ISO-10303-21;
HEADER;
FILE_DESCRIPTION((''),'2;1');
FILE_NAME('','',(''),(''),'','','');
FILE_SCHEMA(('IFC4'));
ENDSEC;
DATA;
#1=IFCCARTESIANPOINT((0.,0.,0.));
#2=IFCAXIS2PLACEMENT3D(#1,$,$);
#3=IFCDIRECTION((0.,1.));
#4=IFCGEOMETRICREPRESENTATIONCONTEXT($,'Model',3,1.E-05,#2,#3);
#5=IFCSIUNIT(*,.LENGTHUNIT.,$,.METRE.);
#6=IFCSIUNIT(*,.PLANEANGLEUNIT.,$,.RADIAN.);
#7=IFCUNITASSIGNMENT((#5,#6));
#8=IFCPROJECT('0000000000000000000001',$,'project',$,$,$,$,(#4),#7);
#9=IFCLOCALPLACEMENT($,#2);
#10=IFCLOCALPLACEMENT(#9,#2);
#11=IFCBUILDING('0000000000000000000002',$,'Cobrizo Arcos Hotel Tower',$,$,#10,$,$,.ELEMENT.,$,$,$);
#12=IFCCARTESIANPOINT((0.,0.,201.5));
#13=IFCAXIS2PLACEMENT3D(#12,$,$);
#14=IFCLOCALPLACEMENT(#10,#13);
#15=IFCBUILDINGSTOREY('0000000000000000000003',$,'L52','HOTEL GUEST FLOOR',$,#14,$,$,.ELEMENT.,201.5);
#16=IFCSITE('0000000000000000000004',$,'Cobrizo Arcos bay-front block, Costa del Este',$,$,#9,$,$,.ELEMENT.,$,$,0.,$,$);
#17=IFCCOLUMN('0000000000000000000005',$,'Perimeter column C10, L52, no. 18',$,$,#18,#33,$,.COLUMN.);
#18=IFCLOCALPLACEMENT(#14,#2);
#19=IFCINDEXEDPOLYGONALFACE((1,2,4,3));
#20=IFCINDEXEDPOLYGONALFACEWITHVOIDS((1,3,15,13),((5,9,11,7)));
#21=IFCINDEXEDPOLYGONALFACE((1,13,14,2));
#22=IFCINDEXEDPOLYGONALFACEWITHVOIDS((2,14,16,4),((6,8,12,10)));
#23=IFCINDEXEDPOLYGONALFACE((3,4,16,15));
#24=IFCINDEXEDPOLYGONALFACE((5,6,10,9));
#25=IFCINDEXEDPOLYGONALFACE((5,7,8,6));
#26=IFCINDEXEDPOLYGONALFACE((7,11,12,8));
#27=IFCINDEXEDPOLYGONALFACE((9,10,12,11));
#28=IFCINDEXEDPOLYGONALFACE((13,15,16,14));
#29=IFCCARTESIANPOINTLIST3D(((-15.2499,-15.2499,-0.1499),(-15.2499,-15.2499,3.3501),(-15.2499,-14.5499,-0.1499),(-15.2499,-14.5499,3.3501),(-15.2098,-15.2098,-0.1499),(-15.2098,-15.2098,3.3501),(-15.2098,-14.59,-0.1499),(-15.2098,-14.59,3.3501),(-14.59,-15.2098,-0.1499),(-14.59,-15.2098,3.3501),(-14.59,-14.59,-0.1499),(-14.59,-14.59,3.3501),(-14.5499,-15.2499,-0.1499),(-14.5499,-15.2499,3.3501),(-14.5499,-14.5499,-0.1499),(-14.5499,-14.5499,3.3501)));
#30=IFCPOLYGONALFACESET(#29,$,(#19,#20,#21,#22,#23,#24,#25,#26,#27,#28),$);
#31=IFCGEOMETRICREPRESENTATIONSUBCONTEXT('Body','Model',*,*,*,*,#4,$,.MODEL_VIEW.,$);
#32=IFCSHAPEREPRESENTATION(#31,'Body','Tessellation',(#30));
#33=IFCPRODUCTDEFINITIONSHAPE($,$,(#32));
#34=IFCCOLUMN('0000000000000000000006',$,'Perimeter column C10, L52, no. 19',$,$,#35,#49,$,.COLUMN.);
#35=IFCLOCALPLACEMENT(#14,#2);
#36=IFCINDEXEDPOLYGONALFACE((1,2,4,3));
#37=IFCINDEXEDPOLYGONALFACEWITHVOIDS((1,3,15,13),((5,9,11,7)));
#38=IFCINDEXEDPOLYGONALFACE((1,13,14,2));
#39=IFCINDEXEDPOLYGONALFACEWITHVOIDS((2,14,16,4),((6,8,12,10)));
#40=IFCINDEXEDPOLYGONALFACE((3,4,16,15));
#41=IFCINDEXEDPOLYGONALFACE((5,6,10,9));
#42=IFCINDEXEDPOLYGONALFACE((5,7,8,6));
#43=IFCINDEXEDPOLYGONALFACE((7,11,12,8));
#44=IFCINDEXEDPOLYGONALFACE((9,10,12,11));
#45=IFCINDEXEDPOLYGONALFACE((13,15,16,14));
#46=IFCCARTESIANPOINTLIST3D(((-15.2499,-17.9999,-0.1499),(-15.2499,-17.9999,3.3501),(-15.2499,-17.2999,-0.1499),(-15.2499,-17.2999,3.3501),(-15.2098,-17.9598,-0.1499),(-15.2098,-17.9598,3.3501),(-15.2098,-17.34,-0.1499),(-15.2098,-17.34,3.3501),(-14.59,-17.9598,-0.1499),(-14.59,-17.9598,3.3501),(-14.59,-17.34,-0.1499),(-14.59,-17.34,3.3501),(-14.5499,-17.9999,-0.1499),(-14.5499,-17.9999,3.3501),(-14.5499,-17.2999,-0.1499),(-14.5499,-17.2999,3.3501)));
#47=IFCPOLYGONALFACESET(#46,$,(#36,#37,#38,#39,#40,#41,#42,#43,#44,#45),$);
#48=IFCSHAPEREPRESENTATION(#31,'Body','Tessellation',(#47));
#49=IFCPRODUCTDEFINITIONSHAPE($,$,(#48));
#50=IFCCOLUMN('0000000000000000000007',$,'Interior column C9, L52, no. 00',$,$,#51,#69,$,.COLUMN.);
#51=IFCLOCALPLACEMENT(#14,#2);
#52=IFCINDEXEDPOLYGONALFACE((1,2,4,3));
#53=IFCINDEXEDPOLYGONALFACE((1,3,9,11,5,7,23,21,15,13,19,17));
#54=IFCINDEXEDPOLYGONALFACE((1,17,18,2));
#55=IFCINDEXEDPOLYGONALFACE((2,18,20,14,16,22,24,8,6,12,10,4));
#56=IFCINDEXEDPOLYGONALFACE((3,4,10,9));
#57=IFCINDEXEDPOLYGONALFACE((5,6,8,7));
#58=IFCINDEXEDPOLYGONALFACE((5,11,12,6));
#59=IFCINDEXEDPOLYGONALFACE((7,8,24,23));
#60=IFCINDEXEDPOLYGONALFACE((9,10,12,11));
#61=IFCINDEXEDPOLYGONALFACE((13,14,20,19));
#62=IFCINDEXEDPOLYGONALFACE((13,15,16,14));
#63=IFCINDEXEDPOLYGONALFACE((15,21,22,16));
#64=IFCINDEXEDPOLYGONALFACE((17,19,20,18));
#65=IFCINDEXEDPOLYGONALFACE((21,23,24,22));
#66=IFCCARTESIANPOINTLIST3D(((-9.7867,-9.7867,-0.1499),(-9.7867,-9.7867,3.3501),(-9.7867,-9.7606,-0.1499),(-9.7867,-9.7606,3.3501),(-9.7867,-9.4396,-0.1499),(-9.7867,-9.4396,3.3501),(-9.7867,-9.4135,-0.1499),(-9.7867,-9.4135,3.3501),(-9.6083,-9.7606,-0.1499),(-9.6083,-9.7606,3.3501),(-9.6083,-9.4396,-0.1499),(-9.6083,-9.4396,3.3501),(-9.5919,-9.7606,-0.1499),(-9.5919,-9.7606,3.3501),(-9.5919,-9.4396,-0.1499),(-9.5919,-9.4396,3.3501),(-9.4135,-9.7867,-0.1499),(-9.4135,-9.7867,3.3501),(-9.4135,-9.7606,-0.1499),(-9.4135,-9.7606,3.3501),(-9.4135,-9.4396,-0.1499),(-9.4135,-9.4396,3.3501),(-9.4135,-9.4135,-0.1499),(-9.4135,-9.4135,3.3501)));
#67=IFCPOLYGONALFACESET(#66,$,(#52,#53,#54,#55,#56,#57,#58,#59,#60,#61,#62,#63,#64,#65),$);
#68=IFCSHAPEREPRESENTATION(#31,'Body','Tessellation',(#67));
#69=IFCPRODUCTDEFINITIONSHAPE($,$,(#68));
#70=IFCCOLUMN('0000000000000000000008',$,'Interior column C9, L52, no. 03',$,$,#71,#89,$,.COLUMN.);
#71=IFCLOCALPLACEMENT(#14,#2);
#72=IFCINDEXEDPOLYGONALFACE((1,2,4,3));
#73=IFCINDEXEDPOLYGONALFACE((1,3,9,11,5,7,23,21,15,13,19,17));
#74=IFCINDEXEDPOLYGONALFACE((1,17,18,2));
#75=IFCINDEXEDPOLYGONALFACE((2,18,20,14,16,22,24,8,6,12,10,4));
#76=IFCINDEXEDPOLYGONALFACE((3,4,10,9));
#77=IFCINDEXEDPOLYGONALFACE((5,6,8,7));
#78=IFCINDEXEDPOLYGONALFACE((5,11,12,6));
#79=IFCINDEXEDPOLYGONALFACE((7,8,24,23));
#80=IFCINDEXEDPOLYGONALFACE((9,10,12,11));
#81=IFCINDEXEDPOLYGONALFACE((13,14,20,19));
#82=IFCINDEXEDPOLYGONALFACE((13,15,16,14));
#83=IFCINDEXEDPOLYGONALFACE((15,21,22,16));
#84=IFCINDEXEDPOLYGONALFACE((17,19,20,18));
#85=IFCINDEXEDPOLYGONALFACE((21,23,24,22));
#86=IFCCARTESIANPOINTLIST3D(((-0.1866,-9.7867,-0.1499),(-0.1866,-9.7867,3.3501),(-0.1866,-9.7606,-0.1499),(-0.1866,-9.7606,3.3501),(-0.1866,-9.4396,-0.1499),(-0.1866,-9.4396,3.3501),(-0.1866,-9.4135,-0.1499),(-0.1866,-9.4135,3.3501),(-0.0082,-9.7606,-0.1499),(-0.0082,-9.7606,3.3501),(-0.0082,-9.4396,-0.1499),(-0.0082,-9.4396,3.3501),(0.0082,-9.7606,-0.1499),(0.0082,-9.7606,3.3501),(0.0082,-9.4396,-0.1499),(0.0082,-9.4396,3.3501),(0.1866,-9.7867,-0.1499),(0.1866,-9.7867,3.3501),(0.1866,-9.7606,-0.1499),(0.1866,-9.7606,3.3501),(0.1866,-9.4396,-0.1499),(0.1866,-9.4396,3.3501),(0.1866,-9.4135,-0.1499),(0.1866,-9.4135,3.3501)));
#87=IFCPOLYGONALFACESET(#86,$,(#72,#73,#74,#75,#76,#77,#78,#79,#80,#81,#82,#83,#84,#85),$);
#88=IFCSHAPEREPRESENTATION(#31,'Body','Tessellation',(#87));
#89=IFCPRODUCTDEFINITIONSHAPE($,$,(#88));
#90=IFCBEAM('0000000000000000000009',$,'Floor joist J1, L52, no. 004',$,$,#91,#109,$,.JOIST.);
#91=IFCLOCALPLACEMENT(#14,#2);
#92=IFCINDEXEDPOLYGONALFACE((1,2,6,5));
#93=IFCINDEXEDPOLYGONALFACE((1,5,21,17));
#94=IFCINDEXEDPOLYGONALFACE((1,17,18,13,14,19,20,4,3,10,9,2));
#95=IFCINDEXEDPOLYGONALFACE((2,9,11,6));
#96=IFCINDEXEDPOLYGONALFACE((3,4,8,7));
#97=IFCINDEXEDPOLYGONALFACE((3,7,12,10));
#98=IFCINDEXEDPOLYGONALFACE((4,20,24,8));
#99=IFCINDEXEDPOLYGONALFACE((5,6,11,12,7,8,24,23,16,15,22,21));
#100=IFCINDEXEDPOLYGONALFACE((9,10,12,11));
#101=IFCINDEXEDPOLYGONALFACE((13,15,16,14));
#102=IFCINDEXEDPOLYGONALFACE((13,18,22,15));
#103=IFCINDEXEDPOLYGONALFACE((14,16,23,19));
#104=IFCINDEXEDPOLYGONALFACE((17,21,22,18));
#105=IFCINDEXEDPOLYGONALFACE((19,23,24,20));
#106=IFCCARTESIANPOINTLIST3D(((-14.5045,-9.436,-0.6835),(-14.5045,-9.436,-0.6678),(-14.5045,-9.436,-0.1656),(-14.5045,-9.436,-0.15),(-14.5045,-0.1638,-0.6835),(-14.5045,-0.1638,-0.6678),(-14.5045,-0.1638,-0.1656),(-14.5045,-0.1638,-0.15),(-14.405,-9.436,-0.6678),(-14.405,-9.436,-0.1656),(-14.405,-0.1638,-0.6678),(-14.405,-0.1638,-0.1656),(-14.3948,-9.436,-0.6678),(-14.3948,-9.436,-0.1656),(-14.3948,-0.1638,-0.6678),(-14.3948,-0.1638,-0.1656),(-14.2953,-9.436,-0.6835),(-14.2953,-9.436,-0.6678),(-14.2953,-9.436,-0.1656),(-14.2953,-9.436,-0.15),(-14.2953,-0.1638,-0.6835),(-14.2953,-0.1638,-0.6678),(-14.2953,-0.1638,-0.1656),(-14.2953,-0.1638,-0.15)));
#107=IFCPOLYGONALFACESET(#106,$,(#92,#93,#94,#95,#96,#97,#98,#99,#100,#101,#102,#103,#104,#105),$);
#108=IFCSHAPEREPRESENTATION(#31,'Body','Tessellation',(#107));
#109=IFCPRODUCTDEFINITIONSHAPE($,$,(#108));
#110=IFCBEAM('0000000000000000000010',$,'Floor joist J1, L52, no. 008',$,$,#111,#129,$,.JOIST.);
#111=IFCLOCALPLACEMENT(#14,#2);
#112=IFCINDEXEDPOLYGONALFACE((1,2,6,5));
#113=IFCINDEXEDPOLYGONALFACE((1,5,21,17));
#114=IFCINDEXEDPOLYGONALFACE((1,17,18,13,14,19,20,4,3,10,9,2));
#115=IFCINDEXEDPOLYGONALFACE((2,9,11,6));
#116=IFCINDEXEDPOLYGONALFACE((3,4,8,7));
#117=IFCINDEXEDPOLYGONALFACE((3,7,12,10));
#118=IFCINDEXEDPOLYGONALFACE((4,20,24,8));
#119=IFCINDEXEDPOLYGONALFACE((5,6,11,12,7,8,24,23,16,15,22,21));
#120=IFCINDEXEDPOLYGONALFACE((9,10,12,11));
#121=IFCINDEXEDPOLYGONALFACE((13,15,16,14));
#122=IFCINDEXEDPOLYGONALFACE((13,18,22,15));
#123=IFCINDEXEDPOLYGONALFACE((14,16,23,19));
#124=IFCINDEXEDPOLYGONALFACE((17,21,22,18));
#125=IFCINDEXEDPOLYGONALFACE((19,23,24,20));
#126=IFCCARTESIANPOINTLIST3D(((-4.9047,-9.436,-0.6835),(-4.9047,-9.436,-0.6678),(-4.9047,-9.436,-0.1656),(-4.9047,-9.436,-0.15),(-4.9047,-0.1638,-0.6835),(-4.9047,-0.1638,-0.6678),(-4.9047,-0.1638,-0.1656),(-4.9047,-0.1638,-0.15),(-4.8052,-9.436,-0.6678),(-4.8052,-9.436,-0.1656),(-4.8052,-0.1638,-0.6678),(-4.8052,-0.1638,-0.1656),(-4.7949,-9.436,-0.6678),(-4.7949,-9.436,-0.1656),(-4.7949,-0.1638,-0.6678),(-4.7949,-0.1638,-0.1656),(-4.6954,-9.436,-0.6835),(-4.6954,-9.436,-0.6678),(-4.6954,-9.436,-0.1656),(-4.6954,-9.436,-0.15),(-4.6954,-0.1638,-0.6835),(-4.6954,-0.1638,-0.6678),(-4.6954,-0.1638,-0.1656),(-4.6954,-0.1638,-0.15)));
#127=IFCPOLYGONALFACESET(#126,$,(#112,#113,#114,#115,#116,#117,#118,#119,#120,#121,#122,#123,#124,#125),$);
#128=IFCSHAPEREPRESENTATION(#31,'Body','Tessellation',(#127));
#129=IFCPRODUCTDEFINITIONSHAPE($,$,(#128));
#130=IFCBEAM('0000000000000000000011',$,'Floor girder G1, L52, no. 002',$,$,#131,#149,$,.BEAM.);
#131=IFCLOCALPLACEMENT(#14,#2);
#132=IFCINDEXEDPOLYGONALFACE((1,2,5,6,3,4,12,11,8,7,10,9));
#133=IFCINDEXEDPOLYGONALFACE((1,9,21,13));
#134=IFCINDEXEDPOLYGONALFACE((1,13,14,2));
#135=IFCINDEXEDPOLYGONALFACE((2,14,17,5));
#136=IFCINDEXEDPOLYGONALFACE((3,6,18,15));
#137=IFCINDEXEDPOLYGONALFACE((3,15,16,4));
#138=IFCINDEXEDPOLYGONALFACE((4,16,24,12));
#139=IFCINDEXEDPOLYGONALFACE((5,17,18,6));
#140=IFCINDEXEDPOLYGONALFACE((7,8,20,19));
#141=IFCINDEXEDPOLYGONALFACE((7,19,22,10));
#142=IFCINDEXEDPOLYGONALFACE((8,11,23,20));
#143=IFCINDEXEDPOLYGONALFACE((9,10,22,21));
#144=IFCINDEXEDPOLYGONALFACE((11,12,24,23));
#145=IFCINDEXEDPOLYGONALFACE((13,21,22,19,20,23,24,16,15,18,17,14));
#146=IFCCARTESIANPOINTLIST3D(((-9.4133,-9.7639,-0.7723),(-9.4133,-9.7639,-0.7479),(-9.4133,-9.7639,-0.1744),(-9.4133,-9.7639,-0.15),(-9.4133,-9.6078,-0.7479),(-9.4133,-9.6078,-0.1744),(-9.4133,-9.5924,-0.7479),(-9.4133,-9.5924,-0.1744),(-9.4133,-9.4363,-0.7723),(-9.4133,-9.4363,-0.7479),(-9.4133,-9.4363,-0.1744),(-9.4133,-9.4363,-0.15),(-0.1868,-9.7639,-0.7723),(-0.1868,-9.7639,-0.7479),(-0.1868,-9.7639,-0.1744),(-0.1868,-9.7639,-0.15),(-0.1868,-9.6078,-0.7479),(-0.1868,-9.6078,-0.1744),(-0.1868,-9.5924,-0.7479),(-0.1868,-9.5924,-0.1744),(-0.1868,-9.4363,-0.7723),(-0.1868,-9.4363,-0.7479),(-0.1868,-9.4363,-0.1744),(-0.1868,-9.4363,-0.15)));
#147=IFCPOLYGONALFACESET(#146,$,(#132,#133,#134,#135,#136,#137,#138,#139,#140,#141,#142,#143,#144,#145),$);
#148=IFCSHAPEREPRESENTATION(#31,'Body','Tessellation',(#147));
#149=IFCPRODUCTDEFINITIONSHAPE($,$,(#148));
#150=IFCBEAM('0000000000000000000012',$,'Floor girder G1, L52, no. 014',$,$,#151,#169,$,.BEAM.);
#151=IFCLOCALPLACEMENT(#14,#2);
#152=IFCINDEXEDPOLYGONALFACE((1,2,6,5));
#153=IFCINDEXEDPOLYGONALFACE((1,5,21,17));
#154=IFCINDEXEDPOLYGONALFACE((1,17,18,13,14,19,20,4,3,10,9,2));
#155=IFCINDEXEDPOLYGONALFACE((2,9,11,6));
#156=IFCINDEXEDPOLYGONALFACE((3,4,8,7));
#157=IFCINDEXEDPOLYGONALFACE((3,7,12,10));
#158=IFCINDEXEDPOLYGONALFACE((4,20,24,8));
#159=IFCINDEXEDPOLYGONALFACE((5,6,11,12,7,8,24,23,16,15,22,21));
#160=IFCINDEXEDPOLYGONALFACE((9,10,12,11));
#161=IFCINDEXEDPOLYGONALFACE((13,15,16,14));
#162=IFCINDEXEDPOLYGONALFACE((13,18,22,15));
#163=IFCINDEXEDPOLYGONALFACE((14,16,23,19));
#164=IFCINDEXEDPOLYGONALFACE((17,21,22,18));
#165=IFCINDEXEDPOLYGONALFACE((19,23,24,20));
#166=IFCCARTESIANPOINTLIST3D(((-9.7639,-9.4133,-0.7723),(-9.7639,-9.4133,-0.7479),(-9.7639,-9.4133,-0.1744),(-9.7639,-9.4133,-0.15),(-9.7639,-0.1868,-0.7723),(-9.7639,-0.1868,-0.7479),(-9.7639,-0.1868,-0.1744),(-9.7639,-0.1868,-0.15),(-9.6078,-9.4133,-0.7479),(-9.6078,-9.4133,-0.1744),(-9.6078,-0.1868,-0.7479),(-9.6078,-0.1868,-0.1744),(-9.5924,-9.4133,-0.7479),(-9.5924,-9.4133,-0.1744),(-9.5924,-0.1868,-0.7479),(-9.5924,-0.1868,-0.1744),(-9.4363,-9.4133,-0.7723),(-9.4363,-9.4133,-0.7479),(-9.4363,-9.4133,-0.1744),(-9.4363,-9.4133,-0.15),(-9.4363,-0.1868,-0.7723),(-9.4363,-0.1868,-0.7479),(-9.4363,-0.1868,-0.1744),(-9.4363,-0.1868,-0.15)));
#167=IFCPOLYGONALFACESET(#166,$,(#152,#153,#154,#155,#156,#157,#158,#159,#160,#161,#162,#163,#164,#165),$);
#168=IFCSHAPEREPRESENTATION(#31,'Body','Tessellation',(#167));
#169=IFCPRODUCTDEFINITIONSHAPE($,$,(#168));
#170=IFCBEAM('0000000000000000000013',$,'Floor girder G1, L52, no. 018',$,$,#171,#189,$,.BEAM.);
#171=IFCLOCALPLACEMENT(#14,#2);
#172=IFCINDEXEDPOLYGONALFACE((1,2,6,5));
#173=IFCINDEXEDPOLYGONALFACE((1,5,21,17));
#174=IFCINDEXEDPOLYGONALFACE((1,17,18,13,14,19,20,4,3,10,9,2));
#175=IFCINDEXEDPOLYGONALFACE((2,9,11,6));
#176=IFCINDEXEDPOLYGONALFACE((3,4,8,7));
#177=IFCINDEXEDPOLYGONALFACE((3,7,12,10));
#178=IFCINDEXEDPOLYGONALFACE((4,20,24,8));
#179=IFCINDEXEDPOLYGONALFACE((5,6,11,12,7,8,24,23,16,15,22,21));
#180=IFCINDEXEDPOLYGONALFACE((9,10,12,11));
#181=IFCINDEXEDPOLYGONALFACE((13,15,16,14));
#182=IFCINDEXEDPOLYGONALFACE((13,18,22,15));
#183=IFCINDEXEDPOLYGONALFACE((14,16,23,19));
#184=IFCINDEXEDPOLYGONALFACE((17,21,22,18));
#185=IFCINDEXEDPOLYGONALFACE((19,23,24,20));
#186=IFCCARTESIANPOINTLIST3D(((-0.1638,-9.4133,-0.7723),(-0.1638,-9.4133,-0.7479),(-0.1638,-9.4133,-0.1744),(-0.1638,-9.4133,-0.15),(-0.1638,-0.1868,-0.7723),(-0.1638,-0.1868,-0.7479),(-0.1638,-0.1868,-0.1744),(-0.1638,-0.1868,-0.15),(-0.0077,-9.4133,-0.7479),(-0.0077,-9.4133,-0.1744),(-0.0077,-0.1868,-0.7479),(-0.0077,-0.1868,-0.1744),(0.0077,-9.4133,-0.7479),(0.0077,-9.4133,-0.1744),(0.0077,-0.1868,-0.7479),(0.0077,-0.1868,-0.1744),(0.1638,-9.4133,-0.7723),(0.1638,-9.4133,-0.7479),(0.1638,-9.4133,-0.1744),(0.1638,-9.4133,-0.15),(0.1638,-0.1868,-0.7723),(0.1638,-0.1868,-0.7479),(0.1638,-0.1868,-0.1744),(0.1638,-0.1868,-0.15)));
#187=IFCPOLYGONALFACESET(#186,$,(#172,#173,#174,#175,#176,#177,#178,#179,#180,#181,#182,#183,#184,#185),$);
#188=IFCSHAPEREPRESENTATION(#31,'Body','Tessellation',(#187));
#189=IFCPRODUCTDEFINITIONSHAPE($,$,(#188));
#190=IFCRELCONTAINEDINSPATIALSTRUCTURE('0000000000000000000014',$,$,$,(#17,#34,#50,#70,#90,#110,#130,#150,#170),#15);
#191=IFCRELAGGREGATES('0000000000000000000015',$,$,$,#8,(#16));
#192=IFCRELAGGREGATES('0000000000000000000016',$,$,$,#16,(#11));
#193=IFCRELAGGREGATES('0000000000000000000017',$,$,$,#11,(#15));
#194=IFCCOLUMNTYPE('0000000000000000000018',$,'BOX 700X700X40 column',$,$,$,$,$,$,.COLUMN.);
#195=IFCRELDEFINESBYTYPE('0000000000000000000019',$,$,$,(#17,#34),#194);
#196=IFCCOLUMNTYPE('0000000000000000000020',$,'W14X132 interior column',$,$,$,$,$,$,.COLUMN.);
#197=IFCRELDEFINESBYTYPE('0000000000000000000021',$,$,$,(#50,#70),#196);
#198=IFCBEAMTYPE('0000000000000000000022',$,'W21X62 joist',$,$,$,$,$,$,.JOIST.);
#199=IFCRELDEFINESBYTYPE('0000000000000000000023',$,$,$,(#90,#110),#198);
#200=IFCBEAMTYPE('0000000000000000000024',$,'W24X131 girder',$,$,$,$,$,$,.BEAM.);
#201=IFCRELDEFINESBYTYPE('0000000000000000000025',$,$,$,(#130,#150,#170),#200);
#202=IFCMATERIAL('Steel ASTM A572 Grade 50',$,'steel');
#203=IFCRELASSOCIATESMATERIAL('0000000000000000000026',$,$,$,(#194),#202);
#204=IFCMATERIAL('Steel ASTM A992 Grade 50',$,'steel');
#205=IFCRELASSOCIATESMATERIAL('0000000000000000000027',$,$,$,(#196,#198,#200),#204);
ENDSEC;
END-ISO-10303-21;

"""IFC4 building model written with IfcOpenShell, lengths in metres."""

from ifc_helpers import new_model, si_unit, direction, frame, origin, origin_2d, place, context, subcontext, project, spatial, hollow_rectangle, i_section, extrude, material, material_profile, profile_set, type_object, element, save


model = new_model("IFC4")

# Units and contexts
model_context = context("Model", 3, precision=1e-05, world=origin(), true_north=direction((0.0, 1.0)))
body_context = subcontext(model_context, "Body", "Model", "MODEL_VIEW")
ifc_project = project(units=[si_unit("LENGTHUNIT", "METRE"), si_unit("PLANEANGLEUNIT", "RADIAN")], contexts=[model_context])

# Site, building, storey
site_placement = place(None, origin())
site = spatial("IfcSite", under=ifc_project, at=site_placement, Name="Cobrizo Arcos bay-front block, Costa del Este", CompositionType="ELEMENT", RefElevation=0.0)
building_placement = place(site_placement, origin())
building = spatial("IfcBuilding", under=site, at=building_placement, Name="Cobrizo Arcos Hotel Tower", CompositionType="ELEMENT")
storey_placement = place(building_placement, frame((0.0, 0.0, 201.5)))
storey = spatial("IfcBuildingStorey", under=building, at=storey_placement, Name="L52", Description="HOTEL GUEST FLOOR", CompositionType="ELEMENT", Elevation=201.5)

# Columns
ifc_material_1 = material(Name="Steel ASTM A572 Grade 50", Category="steel")
ifc_material_profile_1 = material_profile(ifc_material_1, hollow_rectangle(XDim=0.7, YDim=0.7, WallThickness=0.04, at=origin_2d()), Name="BOX 700X700X40")
ifc_profile_set_1 = profile_set([ifc_material_profile_1], Name="Steel ASTM A572 Grade 50")
column_type_1 = type_object("IfcColumnType", Name="BOX 700X700X40 column", PredefinedType="COLUMN", material=ifc_profile_set_1)
for number, where, z_axis, x_axis, name in (
    (1, (-14.8999, -14.8999, -0.1499), (0.0, 0.0, 1.0), (1.0, 0.0, 0.0), "Perimeter column C10, L52, no. 18"),
    (2, (-14.8999, -17.6499, -0.1499), (0.0, 0.0, 1.0), (1.0, 0.0, 0.0), "Perimeter column C10, L52, no. 19"),
):
    element("IfcColumn", number, at=place(storey_placement, frame(where, z_axis=z_axis, x_axis=x_axis)), inside=storey, type_object=column_type_1, Name=name, PredefinedType="COLUMN", context=body_context, shape_type="SweptSolid", body=[
        extrude(hollow_rectangle(XDim=0.7, YDim=0.7, WallThickness=0.04, at=origin_2d()), origin(), (0.0, 0.0, 1.0), 3.5),
    ])
ifc_material_2 = material(Name="Steel ASTM A992 Grade 50", Category="steel")
ifc_material_profile_2 = material_profile(ifc_material_2, i_section(OverallWidth=0.3733, OverallDepth=0.3733, WebThickness=0.0164, FlangeThickness=0.0261, at=origin_2d()), Name="W14X132")
ifc_profile_set_2 = profile_set([ifc_material_profile_2], Name="Steel ASTM A992 Grade 50")
column_type_2 = type_object("IfcColumnType", Name="W14X132 interior column", PredefinedType="COLUMN", material=ifc_profile_set_2)
for number, where, z_axis, x_axis, name in (
    (3, (-9.6001, -9.6001, -0.1499), (0.0, 0.0, 1.0), (1.0, 0.0, 0.0), "Interior column C9, L52, no. 00"),
    (4, (0.0, -9.6001, -0.1499), (0.0, 0.0, 1.0), (1.0, 0.0, 0.0), "Interior column C9, L52, no. 03"),
):
    element("IfcColumn", number, at=place(storey_placement, frame(where, z_axis=z_axis, x_axis=x_axis)), inside=storey, type_object=column_type_2, Name=name, PredefinedType="COLUMN", context=body_context, shape_type="SweptSolid", body=[
        extrude(i_section(OverallWidth=0.3733, OverallDepth=0.3733, WebThickness=0.0164, FlangeThickness=0.0261, at=origin_2d()), origin(), (0.0, 0.0, 1.0), 3.5),
    ])

# Beams
ifc_material_profile_3 = material_profile(ifc_material_2, i_section(OverallWidth=0.2092, OverallDepth=0.5334, WebThickness=0.0103, FlangeThickness=0.0156, at=origin_2d()), Name="W21X62")
ifc_profile_set_3 = profile_set([ifc_material_profile_3], Name="Steel ASTM A992 Grade 50")
beam_type_1 = type_object("IfcBeamType", Name="W21X62 joist", PredefinedType="JOIST", material=ifc_profile_set_3)
for number, where, z_axis, x_axis, name in (
    (5, (-14.3999, -9.436, -0.4167), (0.0, 1.0, 0.0), (-1.0, 0.0, 0.0), "Floor joist J1, L52, no. 004"),
    (6, (-4.8, -9.436, -0.4167), (0.0, 1.0, 0.0), (-1.0, 0.0, 0.0), "Floor joist J1, L52, no. 008"),
):
    element("IfcBeam", number, at=place(storey_placement, frame(where, z_axis=z_axis, x_axis=x_axis)), inside=storey, type_object=beam_type_1, Name=name, PredefinedType="JOIST", context=body_context, shape_type="SweptSolid", body=[
        extrude(i_section(OverallWidth=0.2092, OverallDepth=0.5334, WebThickness=0.0103, FlangeThickness=0.0156, at=origin_2d()), origin(), (0.0, 0.0, 1.0), 9.2722),
    ])
ifc_material_profile_4 = material_profile(ifc_material_2, i_section(OverallWidth=0.3276, OverallDepth=0.6223, WebThickness=0.0154, FlangeThickness=0.0244, at=origin_2d()), Name="W24X131")
ifc_profile_set_4 = profile_set([ifc_material_profile_4], Name="Steel ASTM A992 Grade 50")
beam_type_2 = type_object("IfcBeamType", Name="W24X131 girder", PredefinedType="BEAM", material=ifc_profile_set_4)
for number, where, z_axis, x_axis, name in (
    (7, (-9.4133, -9.6001, -0.4612), (1.0, 0.0, 0.0), (0.0, 1.0, 0.0), "Floor girder G1, L52, no. 002"),
    (8, (-9.6001, -9.4133, -0.4612), (0.0, 1.0, 0.0), (-1.0, 0.0, 0.0), "Floor girder G1, L52, no. 014"),
    (9, (0.0, -9.4133, -0.4612), (0.0, 1.0, 0.0), (-1.0, 0.0, 0.0), "Floor girder G1, L52, no. 018"),
):
    element("IfcBeam", number, at=place(storey_placement, frame(where, z_axis=z_axis, x_axis=x_axis)), inside=storey, type_object=beam_type_2, Name=name, PredefinedType="BEAM", context=body_context, shape_type="SweptSolid", body=[
        extrude(i_section(OverallWidth=0.3276, OverallDepth=0.6223, WebThickness=0.0154, FlangeThickness=0.0244, at=origin_2d()), origin(), (0.0, 0.0, 1.0), 9.2266),
    ])

save(model, "model.ifc")
